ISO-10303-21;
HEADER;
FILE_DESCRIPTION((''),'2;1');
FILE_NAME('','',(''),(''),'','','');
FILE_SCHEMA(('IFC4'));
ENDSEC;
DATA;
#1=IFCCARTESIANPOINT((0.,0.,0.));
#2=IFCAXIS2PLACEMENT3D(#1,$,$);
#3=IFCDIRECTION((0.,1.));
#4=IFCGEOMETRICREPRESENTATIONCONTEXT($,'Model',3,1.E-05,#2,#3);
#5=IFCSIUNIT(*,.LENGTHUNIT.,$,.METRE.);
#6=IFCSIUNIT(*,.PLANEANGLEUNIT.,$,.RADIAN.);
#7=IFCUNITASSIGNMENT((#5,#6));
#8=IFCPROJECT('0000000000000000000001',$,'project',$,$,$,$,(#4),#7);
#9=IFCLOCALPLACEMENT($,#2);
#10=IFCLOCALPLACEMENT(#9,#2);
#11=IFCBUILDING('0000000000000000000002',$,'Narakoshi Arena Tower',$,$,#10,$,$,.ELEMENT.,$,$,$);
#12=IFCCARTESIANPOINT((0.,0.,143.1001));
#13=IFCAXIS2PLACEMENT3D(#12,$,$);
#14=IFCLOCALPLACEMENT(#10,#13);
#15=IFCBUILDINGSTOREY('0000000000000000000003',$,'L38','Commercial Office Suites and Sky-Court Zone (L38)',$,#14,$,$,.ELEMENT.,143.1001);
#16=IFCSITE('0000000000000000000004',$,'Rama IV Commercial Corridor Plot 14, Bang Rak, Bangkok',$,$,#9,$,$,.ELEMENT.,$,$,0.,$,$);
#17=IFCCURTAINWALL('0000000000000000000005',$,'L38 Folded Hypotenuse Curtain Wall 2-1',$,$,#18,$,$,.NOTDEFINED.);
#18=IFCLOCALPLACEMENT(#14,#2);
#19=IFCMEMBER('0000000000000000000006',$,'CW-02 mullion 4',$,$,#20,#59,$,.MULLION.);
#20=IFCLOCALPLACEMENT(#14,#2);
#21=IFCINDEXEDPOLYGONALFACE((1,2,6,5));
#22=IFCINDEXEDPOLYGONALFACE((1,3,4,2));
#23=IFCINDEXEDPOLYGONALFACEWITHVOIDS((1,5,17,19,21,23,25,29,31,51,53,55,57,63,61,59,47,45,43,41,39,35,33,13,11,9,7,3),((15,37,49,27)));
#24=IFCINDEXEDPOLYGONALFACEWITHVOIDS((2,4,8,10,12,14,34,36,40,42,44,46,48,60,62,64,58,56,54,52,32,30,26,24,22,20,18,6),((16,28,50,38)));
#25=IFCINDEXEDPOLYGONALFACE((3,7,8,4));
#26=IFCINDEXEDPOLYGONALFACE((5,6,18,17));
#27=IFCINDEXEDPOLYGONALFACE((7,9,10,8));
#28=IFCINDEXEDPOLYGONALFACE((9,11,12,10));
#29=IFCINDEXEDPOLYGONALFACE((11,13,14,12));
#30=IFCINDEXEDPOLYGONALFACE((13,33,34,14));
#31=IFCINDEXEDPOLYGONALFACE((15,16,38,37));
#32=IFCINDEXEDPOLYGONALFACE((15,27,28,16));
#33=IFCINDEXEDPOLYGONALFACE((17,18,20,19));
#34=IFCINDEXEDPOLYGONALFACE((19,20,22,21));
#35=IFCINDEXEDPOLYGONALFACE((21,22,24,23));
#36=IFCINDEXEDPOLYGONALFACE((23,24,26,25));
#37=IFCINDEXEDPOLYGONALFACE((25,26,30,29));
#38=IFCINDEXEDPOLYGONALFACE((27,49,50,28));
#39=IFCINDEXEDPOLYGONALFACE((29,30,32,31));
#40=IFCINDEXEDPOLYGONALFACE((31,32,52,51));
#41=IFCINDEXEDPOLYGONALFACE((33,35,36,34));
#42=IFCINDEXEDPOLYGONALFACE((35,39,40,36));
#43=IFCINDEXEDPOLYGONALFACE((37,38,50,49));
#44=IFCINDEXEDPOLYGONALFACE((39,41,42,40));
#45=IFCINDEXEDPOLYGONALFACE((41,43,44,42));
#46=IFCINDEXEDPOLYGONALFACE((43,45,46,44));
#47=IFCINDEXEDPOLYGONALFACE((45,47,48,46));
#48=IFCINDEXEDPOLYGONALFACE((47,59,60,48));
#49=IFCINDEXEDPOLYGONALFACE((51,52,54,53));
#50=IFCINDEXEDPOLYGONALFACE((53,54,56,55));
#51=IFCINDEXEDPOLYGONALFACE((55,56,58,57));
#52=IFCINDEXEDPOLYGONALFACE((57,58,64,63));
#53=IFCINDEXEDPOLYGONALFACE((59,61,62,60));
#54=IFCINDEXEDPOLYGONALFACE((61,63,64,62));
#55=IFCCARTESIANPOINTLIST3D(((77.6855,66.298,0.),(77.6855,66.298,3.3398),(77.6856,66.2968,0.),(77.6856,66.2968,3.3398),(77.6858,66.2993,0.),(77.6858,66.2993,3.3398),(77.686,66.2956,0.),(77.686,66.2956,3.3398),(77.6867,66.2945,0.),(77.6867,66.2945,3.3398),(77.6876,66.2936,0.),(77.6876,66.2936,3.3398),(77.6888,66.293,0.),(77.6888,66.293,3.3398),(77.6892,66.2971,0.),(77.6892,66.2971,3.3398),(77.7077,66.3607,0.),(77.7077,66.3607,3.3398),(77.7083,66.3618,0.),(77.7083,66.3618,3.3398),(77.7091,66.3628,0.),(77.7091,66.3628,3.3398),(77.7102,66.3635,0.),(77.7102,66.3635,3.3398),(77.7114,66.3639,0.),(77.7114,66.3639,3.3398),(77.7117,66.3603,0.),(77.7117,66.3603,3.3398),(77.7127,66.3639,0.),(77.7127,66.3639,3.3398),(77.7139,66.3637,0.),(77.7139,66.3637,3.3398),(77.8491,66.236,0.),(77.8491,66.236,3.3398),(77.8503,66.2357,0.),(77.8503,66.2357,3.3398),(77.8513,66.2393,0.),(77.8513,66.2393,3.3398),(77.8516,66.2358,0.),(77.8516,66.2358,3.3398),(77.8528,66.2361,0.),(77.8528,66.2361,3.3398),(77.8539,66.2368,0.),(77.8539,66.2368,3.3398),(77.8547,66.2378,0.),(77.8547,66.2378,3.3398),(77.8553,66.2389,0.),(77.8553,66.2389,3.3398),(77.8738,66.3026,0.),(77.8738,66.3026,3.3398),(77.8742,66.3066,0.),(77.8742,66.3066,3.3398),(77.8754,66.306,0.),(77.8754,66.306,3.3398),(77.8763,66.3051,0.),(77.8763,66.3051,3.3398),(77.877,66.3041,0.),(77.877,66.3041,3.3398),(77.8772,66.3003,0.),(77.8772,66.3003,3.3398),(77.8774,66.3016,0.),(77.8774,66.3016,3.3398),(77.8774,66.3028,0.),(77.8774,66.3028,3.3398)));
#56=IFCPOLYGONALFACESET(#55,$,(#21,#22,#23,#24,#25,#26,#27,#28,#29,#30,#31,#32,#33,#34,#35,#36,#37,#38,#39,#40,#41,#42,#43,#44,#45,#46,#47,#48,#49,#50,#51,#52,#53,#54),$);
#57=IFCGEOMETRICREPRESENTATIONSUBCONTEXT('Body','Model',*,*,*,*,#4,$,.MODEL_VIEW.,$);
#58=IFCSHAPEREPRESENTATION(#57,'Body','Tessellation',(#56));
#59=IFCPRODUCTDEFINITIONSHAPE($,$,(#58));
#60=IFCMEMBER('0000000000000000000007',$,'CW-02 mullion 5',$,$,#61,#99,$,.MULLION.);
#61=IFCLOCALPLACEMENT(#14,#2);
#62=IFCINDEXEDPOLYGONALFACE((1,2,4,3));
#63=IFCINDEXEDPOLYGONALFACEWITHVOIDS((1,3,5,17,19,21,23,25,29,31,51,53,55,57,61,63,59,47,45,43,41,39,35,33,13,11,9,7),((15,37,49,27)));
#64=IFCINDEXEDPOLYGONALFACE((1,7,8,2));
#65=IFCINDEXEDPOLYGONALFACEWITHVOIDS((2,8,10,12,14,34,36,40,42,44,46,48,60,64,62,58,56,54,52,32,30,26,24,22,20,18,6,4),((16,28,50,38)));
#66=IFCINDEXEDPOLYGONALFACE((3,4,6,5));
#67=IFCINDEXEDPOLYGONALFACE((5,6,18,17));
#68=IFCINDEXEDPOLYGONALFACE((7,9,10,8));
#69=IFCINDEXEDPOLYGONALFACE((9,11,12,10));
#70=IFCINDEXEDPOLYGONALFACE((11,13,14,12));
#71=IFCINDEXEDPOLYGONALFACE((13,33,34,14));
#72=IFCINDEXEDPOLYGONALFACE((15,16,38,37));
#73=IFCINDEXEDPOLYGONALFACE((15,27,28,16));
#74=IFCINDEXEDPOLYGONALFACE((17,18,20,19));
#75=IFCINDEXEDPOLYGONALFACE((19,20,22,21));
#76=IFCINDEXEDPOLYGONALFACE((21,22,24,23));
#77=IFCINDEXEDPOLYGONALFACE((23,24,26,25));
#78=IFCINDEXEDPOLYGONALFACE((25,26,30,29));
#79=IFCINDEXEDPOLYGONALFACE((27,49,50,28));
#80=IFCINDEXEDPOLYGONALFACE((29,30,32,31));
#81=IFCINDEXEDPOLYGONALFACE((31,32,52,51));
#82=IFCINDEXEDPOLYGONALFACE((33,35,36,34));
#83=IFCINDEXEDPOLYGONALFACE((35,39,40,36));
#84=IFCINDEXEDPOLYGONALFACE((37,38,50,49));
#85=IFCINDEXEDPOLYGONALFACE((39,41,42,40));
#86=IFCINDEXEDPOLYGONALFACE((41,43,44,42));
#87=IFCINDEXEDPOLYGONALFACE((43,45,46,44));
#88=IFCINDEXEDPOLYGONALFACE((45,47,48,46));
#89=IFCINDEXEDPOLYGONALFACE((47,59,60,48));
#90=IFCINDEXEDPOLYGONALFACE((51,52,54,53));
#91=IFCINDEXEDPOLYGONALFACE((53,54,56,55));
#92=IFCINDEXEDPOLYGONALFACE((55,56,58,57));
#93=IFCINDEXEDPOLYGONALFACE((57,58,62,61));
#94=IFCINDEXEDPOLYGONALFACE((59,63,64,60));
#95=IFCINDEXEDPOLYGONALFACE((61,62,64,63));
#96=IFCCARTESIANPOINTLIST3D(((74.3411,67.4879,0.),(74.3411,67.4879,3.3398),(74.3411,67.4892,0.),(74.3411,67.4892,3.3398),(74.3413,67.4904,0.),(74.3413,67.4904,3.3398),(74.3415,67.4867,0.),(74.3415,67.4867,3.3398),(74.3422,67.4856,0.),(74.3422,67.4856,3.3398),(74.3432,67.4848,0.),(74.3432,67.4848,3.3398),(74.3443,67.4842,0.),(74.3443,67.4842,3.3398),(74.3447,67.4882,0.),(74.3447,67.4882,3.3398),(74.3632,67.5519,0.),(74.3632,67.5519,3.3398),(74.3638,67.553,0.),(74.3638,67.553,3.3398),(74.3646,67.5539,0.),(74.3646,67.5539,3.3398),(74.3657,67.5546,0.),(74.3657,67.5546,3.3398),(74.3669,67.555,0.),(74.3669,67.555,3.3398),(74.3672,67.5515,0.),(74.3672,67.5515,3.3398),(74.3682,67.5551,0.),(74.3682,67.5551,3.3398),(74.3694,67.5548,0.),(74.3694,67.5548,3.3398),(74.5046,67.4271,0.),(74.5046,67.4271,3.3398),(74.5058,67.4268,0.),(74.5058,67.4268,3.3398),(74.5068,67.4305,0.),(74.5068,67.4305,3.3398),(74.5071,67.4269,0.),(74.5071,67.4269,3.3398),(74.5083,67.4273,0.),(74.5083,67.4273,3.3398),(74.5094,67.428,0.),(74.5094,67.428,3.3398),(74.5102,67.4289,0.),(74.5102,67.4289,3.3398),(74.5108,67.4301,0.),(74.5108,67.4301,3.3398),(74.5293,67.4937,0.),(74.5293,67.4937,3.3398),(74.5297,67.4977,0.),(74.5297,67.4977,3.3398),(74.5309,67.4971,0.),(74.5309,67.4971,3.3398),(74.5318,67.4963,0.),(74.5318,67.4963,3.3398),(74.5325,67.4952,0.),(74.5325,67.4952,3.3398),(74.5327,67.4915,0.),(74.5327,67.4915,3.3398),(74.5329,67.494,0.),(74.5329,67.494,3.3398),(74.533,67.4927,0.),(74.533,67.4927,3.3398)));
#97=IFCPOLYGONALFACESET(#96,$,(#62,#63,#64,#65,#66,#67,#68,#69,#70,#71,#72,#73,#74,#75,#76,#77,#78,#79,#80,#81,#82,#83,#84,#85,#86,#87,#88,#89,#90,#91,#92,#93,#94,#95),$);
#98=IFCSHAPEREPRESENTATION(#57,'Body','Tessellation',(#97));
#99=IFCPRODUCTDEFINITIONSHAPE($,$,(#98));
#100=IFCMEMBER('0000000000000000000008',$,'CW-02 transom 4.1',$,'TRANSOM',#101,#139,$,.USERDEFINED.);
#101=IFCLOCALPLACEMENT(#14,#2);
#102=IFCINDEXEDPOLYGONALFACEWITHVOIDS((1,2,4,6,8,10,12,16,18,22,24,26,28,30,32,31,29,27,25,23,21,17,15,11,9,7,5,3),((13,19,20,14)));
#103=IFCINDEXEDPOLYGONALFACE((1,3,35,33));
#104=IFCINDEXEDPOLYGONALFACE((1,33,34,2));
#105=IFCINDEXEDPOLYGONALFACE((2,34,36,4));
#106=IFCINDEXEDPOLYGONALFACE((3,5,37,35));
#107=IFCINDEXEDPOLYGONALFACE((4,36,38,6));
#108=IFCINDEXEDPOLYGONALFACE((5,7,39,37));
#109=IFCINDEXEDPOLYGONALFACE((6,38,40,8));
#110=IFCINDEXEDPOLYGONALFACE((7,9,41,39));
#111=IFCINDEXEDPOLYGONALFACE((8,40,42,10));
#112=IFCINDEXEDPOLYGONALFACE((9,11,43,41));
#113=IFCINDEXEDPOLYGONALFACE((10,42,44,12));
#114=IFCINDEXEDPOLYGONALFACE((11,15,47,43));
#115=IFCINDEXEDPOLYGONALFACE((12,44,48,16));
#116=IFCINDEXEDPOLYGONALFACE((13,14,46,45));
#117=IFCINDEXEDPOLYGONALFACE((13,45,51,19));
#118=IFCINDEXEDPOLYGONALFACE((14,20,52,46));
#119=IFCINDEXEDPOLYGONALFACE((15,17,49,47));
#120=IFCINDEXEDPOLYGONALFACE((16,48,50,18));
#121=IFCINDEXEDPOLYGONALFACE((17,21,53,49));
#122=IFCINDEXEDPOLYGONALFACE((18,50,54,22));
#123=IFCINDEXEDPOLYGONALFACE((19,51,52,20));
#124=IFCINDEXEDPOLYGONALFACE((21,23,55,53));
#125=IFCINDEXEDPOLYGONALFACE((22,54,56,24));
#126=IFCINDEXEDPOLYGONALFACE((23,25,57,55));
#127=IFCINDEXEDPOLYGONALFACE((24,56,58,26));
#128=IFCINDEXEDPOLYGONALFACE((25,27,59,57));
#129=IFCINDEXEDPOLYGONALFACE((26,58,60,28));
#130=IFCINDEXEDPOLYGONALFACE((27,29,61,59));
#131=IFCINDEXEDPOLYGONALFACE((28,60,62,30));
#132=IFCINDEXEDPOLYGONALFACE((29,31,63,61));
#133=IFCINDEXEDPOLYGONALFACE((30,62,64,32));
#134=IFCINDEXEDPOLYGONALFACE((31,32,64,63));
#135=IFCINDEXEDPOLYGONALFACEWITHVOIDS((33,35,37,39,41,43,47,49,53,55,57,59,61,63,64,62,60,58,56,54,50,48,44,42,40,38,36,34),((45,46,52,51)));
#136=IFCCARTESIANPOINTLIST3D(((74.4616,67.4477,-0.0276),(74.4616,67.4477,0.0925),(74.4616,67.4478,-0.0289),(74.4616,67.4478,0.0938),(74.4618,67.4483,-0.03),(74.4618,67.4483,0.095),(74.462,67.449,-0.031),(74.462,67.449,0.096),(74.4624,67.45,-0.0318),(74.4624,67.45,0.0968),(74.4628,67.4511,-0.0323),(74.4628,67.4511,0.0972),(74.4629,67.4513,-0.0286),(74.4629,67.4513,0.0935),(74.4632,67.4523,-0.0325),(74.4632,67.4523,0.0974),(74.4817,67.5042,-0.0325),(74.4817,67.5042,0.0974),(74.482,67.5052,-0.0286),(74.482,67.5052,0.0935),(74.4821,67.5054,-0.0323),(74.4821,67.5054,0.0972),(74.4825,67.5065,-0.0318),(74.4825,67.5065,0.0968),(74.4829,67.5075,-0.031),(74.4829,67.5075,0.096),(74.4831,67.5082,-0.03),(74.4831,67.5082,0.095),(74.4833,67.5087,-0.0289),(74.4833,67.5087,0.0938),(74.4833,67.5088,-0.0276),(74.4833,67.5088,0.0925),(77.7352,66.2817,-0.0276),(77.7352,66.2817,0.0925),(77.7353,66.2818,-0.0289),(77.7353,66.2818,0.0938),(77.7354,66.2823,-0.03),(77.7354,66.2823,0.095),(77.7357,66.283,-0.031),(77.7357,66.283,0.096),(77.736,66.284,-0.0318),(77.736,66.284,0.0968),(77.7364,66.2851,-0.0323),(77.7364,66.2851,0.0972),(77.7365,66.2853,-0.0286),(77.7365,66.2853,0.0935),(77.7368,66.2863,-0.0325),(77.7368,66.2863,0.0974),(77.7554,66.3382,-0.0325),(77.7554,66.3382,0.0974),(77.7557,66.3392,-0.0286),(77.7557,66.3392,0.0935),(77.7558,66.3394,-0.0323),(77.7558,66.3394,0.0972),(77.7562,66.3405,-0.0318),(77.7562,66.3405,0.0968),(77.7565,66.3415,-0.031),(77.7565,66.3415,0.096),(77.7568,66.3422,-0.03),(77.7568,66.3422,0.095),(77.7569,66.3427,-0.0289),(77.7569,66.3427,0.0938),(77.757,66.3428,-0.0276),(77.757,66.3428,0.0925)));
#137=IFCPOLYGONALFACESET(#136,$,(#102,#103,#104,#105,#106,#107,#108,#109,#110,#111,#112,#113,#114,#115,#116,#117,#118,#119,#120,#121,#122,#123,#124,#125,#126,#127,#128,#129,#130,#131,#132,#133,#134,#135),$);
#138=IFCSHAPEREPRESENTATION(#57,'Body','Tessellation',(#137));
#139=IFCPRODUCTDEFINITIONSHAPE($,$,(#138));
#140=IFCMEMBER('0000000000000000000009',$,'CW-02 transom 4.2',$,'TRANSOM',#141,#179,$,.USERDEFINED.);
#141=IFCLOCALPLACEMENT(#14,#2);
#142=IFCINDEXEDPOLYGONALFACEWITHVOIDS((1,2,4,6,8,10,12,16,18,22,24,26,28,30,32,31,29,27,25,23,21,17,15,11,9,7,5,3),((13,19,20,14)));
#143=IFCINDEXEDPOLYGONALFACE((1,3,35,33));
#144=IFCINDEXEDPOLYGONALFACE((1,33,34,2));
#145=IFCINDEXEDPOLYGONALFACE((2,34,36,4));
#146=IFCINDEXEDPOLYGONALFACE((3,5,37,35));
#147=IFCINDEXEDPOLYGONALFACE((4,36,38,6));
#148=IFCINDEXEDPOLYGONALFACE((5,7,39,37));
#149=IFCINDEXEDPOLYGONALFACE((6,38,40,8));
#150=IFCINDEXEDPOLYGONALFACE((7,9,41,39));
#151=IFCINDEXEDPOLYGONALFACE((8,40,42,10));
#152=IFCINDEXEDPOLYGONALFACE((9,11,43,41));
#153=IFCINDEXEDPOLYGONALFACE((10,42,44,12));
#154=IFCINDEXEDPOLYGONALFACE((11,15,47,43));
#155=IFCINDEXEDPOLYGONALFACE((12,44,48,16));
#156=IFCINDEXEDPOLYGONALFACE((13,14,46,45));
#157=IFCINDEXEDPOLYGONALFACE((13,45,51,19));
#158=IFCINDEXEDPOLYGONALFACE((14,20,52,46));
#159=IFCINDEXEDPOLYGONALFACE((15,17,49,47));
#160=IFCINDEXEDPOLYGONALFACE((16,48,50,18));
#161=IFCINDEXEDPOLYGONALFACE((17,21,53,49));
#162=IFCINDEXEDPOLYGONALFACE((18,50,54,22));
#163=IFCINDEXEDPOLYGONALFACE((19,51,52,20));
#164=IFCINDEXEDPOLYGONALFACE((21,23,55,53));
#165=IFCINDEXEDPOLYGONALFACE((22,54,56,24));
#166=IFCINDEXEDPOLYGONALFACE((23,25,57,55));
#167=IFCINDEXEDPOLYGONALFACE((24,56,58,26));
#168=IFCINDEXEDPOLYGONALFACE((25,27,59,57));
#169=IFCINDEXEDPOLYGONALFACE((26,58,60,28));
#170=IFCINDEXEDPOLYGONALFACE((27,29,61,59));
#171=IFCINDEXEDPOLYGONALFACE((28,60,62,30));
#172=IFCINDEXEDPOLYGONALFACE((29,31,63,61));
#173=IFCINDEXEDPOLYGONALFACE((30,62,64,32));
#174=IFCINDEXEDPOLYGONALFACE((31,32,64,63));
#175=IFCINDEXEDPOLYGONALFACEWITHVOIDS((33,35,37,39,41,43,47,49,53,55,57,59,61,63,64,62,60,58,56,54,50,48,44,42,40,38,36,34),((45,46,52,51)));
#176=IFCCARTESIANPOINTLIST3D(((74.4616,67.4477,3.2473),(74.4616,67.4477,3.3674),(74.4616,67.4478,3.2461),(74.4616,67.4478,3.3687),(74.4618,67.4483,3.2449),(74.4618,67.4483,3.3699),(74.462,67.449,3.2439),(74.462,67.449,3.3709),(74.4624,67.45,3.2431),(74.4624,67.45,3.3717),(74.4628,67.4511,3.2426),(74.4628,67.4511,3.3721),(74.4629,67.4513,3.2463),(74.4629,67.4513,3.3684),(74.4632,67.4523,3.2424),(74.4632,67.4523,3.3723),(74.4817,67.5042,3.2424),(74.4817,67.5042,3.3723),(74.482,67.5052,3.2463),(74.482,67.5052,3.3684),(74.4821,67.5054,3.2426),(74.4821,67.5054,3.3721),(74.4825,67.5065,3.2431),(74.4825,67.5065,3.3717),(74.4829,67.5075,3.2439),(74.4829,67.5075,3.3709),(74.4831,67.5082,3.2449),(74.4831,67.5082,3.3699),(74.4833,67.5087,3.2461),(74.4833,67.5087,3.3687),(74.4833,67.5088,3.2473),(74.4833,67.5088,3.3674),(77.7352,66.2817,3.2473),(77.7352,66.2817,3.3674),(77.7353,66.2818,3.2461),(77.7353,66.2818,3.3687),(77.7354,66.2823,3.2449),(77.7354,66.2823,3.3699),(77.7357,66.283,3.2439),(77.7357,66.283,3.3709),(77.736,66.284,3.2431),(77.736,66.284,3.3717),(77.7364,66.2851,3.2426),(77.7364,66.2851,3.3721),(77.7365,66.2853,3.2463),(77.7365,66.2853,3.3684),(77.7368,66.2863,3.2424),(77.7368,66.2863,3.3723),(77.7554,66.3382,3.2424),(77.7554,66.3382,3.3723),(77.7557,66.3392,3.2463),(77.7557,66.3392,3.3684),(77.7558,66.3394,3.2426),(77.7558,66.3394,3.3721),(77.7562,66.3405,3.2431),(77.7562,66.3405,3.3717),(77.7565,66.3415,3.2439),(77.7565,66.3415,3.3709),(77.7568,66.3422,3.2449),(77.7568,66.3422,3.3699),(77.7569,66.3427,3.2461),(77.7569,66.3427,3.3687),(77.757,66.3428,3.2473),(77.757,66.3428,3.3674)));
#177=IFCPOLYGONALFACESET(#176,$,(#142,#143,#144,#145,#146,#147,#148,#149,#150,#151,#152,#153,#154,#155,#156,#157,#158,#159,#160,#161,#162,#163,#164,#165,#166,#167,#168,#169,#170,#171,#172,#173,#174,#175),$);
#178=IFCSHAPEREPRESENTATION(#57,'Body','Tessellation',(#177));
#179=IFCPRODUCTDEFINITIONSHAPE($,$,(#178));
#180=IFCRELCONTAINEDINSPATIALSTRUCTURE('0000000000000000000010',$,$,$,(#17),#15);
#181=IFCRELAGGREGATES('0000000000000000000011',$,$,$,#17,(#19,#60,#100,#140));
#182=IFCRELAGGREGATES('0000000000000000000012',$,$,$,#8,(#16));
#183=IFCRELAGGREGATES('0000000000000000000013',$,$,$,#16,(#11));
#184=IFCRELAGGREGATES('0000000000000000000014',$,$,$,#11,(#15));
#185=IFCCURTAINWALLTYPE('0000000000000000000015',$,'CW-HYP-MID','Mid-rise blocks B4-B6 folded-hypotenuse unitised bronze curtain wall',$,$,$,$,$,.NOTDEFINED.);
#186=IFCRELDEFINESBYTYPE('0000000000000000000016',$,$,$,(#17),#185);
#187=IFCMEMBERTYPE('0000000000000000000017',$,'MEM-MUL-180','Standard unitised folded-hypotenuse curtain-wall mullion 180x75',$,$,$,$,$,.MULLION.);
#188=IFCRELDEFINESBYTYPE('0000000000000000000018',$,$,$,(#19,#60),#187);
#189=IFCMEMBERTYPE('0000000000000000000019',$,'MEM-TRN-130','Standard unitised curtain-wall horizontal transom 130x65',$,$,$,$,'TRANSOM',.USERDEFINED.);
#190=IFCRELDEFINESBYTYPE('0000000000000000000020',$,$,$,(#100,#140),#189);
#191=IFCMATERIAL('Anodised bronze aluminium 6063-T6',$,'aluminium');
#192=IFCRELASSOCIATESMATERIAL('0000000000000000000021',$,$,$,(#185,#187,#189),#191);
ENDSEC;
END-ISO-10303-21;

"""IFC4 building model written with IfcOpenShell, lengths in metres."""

from ifc_helpers import new_model, si_unit, direction, frame, origin, origin_2d, place, context, subcontext, project, spatial, hollow_rectangle, extrude, material, material_profile, profile_set, type_object, element, aggregate, save


model = new_model("IFC4")

# Units and contexts
model_context = context("Model", 3, precision=1e-05, world=origin(), true_north=direction((0.0, 1.0)))
body_context = subcontext(model_context, "Body", "Model", "MODEL_VIEW")
ifc_project = project(units=[si_unit("LENGTHUNIT", "METRE"), si_unit("PLANEANGLEUNIT", "RADIAN")], contexts=[model_context])

# Site, building, storey
site_placement = place(None, origin())
site = spatial("IfcSite", under=ifc_project, at=site_placement, Name="Rama IV Commercial Corridor Plot 14, Bang Rak, Bangkok", CompositionType="ELEMENT", RefElevation=0.0)
building_placement = place(site_placement, origin())
building = spatial("IfcBuilding", under=site, at=building_placement, Name="Narakoshi Arena Tower", CompositionType="ELEMENT")
storey_placement = place(building_placement, frame((0.0, 0.0, 143.1001)))
storey = spatial("IfcBuildingStorey", under=building, at=storey_placement, Name="L38", Description="Commercial Office Suites and Sky-Court Zone (L38)", CompositionType="ELEMENT", Elevation=143.1001)

# Curtain wall, members
ifc_material_1 = material(Name="Anodised bronze aluminium 6063-T6", Category="aluminium")
curtain_wall_type = type_object("IfcCurtainWallType", Name="CW-HYP-MID", Description="Mid-rise blocks B4-B6 folded-hypotenuse unitised bronze curtain wall", PredefinedType="NOTDEFINED", material=ifc_material_1)
curtain_wall_placement = place(storey_placement, origin())
curtain_wall = element("IfcCurtainWall", 1, at=curtain_wall_placement, inside=storey, type_object=curtain_wall_type, Name="L38 Folded Hypotenuse Curtain Wall 2-1", PredefinedType="NOTDEFINED")
ifc_material_profile_1 = material_profile(ifc_material_1, hollow_rectangle(XDim=0.075, YDim=0.1799, WallThickness=0.0039, OuterFilletRadius=0.0049, at=origin_2d()), Name="MUL180x75x4")
ifc_profile_set_1 = profile_set([ifc_material_profile_1], Name="Anodised bronze aluminium 6063-T6")
member_type_1 = type_object("IfcMemberType", Name="MEM-MUL-180", Description="Standard unitised folded-hypotenuse curtain-wall mullion 180x75", PredefinedType="MULLION", material=ifc_profile_set_1)
member_1_placement = place(storey_placement, frame((77.7815, 66.2998, 0.0), z_axis=(0.0, 0.0, 1.0), x_axis=(-0.335518, -0.942034, 0.0)))
member_1 = element("IfcMember", 2, at=member_1_placement, type_object=member_type_1, Name="CW-02 mullion 4", PredefinedType="MULLION", context=body_context, shape_type="SweptSolid", body=[
    extrude(hollow_rectangle(XDim=0.075, YDim=0.1799, WallThickness=0.0039, OuterFilletRadius=0.0049, at=origin_2d()), origin(), (0.0, 0.0, 1.0), 3.3398),
])
member_2_placement = place(storey_placement, frame((74.437, 67.491, 0.0), z_axis=(0.0, 0.0, 1.0), x_axis=(-0.335518, -0.942034, 0.0)))
member_2 = element("IfcMember", 3, at=member_2_placement, type_object=member_type_1, Name="CW-02 mullion 5", PredefinedType="MULLION", context=body_context, shape_type="SweptSolid", body=[
    extrude(hollow_rectangle(XDim=0.075, YDim=0.1799, WallThickness=0.0039, OuterFilletRadius=0.0049, at=origin_2d()), origin(), (0.0, 0.0, 1.0), 3.3398),
])
ifc_material_profile_2 = material_profile(ifc_material_1, hollow_rectangle(XDim=0.0649, YDim=0.1299, WallThickness=0.0039, OuterFilletRadius=0.0049, at=origin_2d()), Name="TRN130x65x4")
ifc_profile_set_2 = profile_set([ifc_material_profile_2], Name="Anodised bronze aluminium 6063-T6")
member_type_2 = type_object("IfcMemberType", Name="MEM-TRN-130", Description="Standard unitised curtain-wall horizontal transom 130x65", ElementType="TRANSOM", PredefinedType="USERDEFINED", material=ifc_profile_set_2)
member_3_placement = place(storey_placement, frame((77.7461, 66.3123, 0.0325), z_axis=(-0.942029, 0.335531, 0.0), x_axis=(-0.335531, -0.942029, 0.0)))
member_3 = element("IfcMember", 4, at=member_3_placement, type_object=member_type_2, Name="CW-02 transom 4.1", ObjectType="TRANSOM", PredefinedType="USERDEFINED", context=body_context, shape_type="SweptSolid", body=[
    extrude(hollow_rectangle(XDim=0.0649, YDim=0.1299, WallThickness=0.0039, OuterFilletRadius=0.0049, at=origin_2d()), origin(), (0.0, 0.0, 1.0), 3.4751),
])
member_4_placement = place(storey_placement, frame((77.7461, 66.3123, 3.3074), z_axis=(-0.942029, 0.335531, 0.0), x_axis=(-0.335531, -0.942029, 0.0)))
member_4 = element("IfcMember", 5, at=member_4_placement, type_object=member_type_2, Name="CW-02 transom 4.2", ObjectType="TRANSOM", PredefinedType="USERDEFINED", context=body_context, shape_type="SweptSolid", body=[
    extrude(hollow_rectangle(XDim=0.0649, YDim=0.1299, WallThickness=0.0039, OuterFilletRadius=0.0049, at=origin_2d()), origin(), (0.0, 0.0, 1.0), 3.4751),
])
aggregate(curtain_wall, [member_1, member_2, member_3, member_4])

save(model, "model.ifc")
